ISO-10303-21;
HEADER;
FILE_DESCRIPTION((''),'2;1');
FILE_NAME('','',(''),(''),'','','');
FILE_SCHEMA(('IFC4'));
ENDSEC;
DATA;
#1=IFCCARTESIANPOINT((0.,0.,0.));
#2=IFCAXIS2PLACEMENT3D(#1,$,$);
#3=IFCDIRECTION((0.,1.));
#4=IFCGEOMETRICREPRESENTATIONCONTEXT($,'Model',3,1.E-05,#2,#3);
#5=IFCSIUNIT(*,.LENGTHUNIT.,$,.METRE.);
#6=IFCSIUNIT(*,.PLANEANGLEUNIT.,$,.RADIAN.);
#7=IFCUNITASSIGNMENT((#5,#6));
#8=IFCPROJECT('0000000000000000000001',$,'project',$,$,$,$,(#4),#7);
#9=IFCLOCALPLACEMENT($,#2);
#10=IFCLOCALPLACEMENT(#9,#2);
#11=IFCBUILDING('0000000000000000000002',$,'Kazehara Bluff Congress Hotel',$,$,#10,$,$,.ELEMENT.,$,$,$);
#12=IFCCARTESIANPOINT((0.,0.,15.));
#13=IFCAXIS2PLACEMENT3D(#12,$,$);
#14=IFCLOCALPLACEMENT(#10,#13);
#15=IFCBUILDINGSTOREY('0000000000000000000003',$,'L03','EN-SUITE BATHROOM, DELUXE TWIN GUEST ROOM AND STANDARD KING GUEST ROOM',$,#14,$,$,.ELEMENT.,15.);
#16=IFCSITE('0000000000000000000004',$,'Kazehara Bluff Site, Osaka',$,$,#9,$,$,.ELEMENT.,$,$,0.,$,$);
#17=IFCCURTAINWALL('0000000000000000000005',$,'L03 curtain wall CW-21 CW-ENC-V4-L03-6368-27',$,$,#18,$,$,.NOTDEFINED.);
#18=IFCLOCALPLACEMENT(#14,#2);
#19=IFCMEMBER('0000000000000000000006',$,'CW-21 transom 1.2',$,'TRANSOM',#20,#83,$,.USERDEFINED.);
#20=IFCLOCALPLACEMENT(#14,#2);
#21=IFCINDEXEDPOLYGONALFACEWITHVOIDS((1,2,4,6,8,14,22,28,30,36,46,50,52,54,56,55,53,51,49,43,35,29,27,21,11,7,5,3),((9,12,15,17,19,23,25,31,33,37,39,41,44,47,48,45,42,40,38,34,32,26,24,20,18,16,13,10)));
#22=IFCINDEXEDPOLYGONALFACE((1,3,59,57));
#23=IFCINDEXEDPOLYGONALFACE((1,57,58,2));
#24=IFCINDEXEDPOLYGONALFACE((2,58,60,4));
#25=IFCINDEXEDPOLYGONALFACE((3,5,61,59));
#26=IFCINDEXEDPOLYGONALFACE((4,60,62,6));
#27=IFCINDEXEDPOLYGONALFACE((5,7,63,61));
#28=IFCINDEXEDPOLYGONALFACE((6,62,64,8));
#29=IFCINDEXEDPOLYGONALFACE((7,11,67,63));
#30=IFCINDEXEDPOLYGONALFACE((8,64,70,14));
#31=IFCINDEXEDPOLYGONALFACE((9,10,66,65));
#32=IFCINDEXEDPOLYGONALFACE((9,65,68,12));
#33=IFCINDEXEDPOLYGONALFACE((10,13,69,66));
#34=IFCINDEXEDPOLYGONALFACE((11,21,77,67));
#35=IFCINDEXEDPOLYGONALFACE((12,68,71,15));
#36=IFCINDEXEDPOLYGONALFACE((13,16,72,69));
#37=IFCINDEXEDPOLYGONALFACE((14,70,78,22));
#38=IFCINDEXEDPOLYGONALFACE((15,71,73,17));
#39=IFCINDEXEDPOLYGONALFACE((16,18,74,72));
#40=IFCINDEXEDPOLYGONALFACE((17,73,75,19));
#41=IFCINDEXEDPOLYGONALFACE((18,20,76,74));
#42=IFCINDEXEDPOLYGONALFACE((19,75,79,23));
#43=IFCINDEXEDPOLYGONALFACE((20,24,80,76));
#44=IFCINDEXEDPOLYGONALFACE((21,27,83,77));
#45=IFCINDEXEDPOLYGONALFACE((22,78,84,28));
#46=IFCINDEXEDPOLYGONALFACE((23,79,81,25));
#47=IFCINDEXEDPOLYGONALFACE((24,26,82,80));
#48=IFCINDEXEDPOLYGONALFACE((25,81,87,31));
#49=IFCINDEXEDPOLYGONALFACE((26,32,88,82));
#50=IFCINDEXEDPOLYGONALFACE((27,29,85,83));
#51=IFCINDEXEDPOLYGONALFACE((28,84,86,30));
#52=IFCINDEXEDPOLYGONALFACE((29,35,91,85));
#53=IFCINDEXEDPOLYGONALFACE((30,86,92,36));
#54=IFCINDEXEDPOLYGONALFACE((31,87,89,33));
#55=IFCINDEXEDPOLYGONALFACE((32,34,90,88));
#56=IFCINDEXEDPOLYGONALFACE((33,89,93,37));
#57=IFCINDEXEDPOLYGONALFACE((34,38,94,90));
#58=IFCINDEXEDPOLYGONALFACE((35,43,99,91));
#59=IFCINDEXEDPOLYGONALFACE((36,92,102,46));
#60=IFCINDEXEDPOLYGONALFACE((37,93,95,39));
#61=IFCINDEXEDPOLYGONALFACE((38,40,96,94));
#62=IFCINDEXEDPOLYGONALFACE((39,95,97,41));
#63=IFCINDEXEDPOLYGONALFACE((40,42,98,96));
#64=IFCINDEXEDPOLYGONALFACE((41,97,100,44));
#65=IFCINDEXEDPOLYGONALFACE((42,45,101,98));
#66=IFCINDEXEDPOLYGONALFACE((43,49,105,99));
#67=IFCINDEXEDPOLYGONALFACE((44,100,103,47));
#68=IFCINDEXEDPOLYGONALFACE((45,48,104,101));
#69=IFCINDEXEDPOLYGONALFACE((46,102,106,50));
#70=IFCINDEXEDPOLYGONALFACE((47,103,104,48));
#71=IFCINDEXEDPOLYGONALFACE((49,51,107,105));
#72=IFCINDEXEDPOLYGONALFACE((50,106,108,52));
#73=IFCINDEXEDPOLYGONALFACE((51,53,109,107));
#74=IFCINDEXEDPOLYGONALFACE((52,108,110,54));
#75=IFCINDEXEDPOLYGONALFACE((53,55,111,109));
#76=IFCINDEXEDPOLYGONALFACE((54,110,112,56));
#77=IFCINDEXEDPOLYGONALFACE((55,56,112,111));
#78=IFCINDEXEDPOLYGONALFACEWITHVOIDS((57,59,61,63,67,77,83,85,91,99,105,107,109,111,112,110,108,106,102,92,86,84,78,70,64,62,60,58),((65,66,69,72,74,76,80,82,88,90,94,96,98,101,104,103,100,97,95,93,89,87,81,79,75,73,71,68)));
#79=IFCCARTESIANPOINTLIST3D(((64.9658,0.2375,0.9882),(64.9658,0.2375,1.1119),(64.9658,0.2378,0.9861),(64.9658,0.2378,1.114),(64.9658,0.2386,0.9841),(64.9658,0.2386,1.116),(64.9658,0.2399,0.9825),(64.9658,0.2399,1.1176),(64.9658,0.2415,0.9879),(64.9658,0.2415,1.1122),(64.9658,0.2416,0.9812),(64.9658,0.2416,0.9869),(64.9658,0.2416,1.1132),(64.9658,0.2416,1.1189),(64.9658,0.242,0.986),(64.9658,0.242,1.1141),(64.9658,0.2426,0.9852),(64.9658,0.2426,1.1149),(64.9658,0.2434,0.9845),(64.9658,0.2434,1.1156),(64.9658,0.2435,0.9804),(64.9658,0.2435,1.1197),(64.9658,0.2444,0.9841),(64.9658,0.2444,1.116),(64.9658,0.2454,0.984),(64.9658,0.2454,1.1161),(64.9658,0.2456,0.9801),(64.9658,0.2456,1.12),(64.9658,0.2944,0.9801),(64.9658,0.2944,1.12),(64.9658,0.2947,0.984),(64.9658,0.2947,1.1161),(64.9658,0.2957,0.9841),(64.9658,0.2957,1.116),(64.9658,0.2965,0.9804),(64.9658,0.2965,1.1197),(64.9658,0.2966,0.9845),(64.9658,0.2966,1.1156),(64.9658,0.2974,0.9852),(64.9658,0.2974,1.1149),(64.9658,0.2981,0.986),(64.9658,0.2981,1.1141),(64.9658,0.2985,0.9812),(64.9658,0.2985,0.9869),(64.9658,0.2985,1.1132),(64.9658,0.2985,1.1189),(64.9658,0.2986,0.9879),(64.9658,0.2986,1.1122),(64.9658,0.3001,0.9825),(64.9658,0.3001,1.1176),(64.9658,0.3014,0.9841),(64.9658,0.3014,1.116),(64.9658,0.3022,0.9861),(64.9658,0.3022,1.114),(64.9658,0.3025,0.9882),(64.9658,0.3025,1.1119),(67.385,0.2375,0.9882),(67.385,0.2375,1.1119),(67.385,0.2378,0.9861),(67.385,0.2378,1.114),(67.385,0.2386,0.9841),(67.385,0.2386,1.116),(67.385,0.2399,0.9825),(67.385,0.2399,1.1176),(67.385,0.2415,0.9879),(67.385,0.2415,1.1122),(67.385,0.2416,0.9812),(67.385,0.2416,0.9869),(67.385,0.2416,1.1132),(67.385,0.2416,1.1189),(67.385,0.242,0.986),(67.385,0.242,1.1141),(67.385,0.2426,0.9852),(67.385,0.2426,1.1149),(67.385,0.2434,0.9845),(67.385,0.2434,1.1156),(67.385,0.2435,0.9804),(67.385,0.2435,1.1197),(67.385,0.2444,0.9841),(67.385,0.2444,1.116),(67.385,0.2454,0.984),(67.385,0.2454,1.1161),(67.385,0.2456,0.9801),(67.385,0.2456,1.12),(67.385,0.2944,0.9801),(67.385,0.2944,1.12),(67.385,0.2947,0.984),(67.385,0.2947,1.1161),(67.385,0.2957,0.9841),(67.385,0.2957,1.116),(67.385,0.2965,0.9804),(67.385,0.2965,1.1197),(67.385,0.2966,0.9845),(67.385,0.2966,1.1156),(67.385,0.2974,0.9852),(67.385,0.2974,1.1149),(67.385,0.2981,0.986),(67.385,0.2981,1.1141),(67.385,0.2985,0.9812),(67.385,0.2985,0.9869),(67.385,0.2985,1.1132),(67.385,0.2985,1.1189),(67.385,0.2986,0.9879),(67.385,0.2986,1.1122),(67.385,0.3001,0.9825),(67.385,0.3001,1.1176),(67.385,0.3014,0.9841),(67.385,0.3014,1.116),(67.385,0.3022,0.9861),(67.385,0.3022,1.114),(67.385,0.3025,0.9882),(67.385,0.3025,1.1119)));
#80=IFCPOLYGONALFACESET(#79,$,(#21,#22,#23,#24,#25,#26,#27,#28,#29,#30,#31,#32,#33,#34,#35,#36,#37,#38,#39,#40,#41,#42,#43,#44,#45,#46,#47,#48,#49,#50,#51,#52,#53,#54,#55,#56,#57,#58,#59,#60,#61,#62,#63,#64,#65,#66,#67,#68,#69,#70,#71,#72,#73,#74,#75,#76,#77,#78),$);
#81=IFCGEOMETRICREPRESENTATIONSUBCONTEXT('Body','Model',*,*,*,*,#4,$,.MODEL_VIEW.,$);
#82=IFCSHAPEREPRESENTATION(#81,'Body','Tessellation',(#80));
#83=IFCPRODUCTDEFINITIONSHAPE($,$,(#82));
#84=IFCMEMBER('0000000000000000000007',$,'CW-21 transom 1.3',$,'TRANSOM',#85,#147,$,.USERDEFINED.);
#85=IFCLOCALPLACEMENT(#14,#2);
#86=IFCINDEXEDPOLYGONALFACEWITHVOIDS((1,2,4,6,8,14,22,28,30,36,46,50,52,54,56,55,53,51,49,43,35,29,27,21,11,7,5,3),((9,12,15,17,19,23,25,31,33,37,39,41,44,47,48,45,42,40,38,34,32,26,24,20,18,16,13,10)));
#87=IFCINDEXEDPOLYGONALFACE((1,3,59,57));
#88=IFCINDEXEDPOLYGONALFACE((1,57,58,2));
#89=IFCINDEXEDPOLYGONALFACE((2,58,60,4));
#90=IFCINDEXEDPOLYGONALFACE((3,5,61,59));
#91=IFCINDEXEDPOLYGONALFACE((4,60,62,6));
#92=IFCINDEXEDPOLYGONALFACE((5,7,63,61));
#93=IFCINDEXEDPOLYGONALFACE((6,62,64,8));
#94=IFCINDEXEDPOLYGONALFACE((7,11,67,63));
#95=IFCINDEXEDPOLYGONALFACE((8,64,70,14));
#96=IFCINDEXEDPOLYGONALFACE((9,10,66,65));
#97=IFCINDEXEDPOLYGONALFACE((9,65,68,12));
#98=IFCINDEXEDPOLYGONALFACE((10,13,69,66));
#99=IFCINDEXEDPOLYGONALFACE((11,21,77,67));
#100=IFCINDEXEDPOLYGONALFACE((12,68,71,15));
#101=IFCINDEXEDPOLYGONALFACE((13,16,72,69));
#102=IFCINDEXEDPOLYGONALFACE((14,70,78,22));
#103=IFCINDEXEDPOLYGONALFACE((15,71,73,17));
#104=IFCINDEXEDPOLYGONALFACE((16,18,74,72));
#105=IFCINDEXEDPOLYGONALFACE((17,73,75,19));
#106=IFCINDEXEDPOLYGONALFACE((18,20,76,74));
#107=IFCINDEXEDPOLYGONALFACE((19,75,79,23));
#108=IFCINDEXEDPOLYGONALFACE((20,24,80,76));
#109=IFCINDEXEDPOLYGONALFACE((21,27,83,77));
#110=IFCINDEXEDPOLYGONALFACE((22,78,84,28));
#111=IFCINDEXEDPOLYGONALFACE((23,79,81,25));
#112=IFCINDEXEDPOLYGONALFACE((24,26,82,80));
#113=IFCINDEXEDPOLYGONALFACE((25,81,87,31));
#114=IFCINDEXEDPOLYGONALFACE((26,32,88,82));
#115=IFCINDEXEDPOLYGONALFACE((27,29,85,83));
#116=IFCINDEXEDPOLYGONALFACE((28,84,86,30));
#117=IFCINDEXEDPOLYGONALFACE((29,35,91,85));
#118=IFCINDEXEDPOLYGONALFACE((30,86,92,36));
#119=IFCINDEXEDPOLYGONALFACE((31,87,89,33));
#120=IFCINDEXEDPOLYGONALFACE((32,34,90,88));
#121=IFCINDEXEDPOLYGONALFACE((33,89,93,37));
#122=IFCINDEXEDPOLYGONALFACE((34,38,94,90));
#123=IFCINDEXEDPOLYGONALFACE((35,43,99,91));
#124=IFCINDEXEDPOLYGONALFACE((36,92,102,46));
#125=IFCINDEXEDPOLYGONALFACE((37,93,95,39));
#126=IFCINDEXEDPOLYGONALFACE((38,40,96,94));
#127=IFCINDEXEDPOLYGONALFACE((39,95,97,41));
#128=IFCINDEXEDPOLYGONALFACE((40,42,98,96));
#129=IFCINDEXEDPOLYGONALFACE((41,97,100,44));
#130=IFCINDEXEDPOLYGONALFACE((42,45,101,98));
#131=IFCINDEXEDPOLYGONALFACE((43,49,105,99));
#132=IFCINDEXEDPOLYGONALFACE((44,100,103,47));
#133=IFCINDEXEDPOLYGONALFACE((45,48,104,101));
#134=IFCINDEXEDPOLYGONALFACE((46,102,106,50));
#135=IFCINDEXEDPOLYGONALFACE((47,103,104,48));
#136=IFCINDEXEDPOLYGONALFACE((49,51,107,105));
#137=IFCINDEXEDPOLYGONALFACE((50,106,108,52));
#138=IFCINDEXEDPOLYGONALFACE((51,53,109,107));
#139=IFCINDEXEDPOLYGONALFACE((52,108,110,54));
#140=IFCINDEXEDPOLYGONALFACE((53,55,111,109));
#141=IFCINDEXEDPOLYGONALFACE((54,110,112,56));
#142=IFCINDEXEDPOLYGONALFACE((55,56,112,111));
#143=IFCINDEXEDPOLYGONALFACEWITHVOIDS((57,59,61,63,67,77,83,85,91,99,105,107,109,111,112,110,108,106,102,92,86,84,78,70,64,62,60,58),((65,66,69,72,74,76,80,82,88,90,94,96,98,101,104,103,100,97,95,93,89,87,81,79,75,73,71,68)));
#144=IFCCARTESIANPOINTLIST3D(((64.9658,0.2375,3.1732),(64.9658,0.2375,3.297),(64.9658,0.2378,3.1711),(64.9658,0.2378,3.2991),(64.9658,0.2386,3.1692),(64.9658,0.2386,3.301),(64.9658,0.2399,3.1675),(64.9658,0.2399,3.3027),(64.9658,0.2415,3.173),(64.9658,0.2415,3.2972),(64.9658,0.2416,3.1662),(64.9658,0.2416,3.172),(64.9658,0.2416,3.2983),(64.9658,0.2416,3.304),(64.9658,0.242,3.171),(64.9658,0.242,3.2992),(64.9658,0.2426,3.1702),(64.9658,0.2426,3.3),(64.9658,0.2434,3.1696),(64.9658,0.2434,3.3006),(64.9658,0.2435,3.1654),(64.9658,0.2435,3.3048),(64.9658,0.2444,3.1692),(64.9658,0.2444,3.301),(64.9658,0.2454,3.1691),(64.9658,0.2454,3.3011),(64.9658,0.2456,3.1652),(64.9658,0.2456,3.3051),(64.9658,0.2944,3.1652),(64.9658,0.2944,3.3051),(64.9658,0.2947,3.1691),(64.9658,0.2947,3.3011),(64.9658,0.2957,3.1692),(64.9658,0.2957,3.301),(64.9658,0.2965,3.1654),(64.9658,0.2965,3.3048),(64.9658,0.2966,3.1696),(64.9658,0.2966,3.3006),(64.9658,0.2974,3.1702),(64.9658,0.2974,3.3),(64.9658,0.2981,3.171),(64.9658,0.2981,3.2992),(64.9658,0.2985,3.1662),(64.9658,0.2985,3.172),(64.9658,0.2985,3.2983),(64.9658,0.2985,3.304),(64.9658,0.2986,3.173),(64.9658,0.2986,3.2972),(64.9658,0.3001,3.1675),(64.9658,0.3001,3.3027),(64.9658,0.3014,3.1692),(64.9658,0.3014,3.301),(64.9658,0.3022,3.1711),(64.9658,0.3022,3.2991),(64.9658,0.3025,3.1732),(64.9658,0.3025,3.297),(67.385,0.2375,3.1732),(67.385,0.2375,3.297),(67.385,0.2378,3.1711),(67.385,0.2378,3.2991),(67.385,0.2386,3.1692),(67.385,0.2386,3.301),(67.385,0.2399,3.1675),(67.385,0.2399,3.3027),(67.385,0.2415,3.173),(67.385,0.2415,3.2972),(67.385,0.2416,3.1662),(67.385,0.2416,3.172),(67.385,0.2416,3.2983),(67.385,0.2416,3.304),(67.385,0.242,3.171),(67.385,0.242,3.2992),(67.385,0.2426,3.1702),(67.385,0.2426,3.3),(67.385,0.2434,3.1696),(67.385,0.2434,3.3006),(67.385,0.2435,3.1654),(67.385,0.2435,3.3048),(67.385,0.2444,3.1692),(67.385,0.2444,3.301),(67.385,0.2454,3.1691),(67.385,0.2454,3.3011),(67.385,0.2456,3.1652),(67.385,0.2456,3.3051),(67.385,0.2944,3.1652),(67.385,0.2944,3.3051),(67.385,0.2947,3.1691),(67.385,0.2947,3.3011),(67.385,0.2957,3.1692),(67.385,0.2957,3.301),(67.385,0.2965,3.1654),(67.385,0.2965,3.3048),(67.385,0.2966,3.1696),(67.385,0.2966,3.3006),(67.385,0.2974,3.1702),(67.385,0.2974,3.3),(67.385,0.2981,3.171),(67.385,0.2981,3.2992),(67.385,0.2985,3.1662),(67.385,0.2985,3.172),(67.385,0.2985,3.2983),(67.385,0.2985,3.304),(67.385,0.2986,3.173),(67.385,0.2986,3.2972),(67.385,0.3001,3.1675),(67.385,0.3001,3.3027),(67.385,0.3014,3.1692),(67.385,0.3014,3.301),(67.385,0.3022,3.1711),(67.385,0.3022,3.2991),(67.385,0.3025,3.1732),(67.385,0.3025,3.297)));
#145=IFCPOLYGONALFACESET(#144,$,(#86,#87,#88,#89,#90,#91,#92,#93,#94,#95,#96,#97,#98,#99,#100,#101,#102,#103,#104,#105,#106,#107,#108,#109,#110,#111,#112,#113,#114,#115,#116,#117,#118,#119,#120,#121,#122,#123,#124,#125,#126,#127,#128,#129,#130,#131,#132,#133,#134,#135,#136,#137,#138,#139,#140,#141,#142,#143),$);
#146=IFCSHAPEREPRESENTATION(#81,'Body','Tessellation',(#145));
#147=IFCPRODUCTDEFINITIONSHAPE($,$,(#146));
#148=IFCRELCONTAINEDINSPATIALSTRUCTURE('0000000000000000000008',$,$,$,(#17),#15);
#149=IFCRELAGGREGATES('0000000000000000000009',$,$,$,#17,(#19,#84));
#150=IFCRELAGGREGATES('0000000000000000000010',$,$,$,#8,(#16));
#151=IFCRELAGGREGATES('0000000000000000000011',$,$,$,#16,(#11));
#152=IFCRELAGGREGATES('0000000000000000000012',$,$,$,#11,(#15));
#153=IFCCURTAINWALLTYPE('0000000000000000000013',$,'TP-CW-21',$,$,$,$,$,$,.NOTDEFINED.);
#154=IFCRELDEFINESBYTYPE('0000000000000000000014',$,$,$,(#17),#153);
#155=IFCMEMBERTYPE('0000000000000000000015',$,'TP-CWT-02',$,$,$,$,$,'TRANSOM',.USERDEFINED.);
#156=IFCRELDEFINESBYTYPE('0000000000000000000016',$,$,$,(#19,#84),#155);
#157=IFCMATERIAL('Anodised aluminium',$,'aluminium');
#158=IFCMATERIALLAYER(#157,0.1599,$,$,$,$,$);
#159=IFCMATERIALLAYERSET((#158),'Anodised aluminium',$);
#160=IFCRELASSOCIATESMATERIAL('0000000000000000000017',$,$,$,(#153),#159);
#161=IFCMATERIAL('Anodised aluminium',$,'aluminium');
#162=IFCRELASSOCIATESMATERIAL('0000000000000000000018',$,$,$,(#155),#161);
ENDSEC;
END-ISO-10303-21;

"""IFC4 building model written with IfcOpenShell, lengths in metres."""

from ifc_helpers import new_model, si_unit, direction, frame, origin, origin_2d, place, context, subcontext, project, spatial, hollow_rectangle, extrude, material, layer, layer_set, material_profile, profile_set, type_object, element, aggregate, save


model = new_model("IFC4")

# Units and contexts
model_context = context("Model", 3, precision=1e-05, world=origin(), true_north=direction((0.0, 1.0)))
body_context = subcontext(model_context, "Body", "Model", "MODEL_VIEW")
ifc_project = project(units=[si_unit("LENGTHUNIT", "METRE"), si_unit("PLANEANGLEUNIT", "RADIAN")], contexts=[model_context])

# Site, building, storey
site_placement = place(None, origin())
site = spatial("IfcSite", under=ifc_project, at=site_placement, Name="Kazehara Bluff Site, Osaka", CompositionType="ELEMENT", RefElevation=0.0)
building_placement = place(site_placement, origin())
building = spatial("IfcBuilding", under=site, at=building_placement, Name="Kazehara Bluff Congress Hotel", CompositionType="ELEMENT")
storey_placement = place(building_placement, frame((0.0, 0.0, 15.0)))
storey = spatial("IfcBuildingStorey", under=building, at=storey_placement, Name="L03", Description="EN-SUITE BATHROOM, DELUXE TWIN GUEST ROOM AND STANDARD KING GUEST ROOM", CompositionType="ELEMENT", Elevation=15.0)

# Curtain wall, members
ifc_material_1 = material(Name="Anodised aluminium", Category="aluminium")
ifc_layer_1 = layer(ifc_material_1, 0.1599)
ifc_layer_set_1 = layer_set([ifc_layer_1], Name="Anodised aluminium")
curtain_wall_type = type_object("IfcCurtainWallType", Name="TP-CW-21", PredefinedType="NOTDEFINED", material=ifc_layer_set_1)
curtain_wall_placement = place(storey_placement, origin())
curtain_wall = element("IfcCurtainWall", 1, at=curtain_wall_placement, inside=storey, type_object=curtain_wall_type, Name="L03 curtain wall CW-21 CW-ENC-V4-L03-6368-27", PredefinedType="NOTDEFINED")
ifc_material_2 = material(Name="Anodised aluminium", Category="aluminium")
ifc_material_profile_1 = material_profile(ifc_material_2, hollow_rectangle(XDim=0.0649, YDim=0.1399, WallThickness=0.0039, InnerFilletRadius=0.0039, OuterFilletRadius=0.0081, at=origin_2d()))
ifc_profile_set_1 = profile_set([ifc_material_profile_1], Name="Anodised aluminium")
member_type_1 = type_object("IfcMemberType", Name="TP-CWT-02", ElementType="TRANSOM", PredefinedType="USERDEFINED", material=ifc_profile_set_1)
member_1_placement = place(storey_placement, frame((67.385, 0.27, 1.05), z_axis=(-1.0, 0.0, 0.0), x_axis=(0.0, -1.0, 0.0)))
member_1 = element("IfcMember", 2, at=member_1_placement, type_object=member_type_1, Name="CW-21 transom 1.2", ObjectType="TRANSOM", PredefinedType="USERDEFINED", context=body_context, shape_type="SweptSolid", body=[
    extrude(hollow_rectangle(XDim=0.0649, YDim=0.1399, WallThickness=0.0039, InnerFilletRadius=0.0039, OuterFilletRadius=0.0081, at=origin_2d()), origin(), (0.0, 0.0, 1.0), 2.4192),
])
member_2_placement = place(storey_placement, frame((67.385, 0.27, 3.2351), z_axis=(-1.0, 0.0, 0.0), x_axis=(0.0, -1.0, 0.0)))
member_2 = element("IfcMember", 3, at=member_2_placement, type_object=member_type_1, Name="CW-21 transom 1.3", ObjectType="TRANSOM", PredefinedType="USERDEFINED", context=body_context, shape_type="SweptSolid", body=[
    extrude(hollow_rectangle(XDim=0.0649, YDim=0.1399, WallThickness=0.0039, InnerFilletRadius=0.0039, OuterFilletRadius=0.0081, at=origin_2d()), origin(), (0.0, 0.0, 1.0), 2.4192),
])

aggregate(curtain_wall, [member_1, member_2])

save(model, "model.ifc")
